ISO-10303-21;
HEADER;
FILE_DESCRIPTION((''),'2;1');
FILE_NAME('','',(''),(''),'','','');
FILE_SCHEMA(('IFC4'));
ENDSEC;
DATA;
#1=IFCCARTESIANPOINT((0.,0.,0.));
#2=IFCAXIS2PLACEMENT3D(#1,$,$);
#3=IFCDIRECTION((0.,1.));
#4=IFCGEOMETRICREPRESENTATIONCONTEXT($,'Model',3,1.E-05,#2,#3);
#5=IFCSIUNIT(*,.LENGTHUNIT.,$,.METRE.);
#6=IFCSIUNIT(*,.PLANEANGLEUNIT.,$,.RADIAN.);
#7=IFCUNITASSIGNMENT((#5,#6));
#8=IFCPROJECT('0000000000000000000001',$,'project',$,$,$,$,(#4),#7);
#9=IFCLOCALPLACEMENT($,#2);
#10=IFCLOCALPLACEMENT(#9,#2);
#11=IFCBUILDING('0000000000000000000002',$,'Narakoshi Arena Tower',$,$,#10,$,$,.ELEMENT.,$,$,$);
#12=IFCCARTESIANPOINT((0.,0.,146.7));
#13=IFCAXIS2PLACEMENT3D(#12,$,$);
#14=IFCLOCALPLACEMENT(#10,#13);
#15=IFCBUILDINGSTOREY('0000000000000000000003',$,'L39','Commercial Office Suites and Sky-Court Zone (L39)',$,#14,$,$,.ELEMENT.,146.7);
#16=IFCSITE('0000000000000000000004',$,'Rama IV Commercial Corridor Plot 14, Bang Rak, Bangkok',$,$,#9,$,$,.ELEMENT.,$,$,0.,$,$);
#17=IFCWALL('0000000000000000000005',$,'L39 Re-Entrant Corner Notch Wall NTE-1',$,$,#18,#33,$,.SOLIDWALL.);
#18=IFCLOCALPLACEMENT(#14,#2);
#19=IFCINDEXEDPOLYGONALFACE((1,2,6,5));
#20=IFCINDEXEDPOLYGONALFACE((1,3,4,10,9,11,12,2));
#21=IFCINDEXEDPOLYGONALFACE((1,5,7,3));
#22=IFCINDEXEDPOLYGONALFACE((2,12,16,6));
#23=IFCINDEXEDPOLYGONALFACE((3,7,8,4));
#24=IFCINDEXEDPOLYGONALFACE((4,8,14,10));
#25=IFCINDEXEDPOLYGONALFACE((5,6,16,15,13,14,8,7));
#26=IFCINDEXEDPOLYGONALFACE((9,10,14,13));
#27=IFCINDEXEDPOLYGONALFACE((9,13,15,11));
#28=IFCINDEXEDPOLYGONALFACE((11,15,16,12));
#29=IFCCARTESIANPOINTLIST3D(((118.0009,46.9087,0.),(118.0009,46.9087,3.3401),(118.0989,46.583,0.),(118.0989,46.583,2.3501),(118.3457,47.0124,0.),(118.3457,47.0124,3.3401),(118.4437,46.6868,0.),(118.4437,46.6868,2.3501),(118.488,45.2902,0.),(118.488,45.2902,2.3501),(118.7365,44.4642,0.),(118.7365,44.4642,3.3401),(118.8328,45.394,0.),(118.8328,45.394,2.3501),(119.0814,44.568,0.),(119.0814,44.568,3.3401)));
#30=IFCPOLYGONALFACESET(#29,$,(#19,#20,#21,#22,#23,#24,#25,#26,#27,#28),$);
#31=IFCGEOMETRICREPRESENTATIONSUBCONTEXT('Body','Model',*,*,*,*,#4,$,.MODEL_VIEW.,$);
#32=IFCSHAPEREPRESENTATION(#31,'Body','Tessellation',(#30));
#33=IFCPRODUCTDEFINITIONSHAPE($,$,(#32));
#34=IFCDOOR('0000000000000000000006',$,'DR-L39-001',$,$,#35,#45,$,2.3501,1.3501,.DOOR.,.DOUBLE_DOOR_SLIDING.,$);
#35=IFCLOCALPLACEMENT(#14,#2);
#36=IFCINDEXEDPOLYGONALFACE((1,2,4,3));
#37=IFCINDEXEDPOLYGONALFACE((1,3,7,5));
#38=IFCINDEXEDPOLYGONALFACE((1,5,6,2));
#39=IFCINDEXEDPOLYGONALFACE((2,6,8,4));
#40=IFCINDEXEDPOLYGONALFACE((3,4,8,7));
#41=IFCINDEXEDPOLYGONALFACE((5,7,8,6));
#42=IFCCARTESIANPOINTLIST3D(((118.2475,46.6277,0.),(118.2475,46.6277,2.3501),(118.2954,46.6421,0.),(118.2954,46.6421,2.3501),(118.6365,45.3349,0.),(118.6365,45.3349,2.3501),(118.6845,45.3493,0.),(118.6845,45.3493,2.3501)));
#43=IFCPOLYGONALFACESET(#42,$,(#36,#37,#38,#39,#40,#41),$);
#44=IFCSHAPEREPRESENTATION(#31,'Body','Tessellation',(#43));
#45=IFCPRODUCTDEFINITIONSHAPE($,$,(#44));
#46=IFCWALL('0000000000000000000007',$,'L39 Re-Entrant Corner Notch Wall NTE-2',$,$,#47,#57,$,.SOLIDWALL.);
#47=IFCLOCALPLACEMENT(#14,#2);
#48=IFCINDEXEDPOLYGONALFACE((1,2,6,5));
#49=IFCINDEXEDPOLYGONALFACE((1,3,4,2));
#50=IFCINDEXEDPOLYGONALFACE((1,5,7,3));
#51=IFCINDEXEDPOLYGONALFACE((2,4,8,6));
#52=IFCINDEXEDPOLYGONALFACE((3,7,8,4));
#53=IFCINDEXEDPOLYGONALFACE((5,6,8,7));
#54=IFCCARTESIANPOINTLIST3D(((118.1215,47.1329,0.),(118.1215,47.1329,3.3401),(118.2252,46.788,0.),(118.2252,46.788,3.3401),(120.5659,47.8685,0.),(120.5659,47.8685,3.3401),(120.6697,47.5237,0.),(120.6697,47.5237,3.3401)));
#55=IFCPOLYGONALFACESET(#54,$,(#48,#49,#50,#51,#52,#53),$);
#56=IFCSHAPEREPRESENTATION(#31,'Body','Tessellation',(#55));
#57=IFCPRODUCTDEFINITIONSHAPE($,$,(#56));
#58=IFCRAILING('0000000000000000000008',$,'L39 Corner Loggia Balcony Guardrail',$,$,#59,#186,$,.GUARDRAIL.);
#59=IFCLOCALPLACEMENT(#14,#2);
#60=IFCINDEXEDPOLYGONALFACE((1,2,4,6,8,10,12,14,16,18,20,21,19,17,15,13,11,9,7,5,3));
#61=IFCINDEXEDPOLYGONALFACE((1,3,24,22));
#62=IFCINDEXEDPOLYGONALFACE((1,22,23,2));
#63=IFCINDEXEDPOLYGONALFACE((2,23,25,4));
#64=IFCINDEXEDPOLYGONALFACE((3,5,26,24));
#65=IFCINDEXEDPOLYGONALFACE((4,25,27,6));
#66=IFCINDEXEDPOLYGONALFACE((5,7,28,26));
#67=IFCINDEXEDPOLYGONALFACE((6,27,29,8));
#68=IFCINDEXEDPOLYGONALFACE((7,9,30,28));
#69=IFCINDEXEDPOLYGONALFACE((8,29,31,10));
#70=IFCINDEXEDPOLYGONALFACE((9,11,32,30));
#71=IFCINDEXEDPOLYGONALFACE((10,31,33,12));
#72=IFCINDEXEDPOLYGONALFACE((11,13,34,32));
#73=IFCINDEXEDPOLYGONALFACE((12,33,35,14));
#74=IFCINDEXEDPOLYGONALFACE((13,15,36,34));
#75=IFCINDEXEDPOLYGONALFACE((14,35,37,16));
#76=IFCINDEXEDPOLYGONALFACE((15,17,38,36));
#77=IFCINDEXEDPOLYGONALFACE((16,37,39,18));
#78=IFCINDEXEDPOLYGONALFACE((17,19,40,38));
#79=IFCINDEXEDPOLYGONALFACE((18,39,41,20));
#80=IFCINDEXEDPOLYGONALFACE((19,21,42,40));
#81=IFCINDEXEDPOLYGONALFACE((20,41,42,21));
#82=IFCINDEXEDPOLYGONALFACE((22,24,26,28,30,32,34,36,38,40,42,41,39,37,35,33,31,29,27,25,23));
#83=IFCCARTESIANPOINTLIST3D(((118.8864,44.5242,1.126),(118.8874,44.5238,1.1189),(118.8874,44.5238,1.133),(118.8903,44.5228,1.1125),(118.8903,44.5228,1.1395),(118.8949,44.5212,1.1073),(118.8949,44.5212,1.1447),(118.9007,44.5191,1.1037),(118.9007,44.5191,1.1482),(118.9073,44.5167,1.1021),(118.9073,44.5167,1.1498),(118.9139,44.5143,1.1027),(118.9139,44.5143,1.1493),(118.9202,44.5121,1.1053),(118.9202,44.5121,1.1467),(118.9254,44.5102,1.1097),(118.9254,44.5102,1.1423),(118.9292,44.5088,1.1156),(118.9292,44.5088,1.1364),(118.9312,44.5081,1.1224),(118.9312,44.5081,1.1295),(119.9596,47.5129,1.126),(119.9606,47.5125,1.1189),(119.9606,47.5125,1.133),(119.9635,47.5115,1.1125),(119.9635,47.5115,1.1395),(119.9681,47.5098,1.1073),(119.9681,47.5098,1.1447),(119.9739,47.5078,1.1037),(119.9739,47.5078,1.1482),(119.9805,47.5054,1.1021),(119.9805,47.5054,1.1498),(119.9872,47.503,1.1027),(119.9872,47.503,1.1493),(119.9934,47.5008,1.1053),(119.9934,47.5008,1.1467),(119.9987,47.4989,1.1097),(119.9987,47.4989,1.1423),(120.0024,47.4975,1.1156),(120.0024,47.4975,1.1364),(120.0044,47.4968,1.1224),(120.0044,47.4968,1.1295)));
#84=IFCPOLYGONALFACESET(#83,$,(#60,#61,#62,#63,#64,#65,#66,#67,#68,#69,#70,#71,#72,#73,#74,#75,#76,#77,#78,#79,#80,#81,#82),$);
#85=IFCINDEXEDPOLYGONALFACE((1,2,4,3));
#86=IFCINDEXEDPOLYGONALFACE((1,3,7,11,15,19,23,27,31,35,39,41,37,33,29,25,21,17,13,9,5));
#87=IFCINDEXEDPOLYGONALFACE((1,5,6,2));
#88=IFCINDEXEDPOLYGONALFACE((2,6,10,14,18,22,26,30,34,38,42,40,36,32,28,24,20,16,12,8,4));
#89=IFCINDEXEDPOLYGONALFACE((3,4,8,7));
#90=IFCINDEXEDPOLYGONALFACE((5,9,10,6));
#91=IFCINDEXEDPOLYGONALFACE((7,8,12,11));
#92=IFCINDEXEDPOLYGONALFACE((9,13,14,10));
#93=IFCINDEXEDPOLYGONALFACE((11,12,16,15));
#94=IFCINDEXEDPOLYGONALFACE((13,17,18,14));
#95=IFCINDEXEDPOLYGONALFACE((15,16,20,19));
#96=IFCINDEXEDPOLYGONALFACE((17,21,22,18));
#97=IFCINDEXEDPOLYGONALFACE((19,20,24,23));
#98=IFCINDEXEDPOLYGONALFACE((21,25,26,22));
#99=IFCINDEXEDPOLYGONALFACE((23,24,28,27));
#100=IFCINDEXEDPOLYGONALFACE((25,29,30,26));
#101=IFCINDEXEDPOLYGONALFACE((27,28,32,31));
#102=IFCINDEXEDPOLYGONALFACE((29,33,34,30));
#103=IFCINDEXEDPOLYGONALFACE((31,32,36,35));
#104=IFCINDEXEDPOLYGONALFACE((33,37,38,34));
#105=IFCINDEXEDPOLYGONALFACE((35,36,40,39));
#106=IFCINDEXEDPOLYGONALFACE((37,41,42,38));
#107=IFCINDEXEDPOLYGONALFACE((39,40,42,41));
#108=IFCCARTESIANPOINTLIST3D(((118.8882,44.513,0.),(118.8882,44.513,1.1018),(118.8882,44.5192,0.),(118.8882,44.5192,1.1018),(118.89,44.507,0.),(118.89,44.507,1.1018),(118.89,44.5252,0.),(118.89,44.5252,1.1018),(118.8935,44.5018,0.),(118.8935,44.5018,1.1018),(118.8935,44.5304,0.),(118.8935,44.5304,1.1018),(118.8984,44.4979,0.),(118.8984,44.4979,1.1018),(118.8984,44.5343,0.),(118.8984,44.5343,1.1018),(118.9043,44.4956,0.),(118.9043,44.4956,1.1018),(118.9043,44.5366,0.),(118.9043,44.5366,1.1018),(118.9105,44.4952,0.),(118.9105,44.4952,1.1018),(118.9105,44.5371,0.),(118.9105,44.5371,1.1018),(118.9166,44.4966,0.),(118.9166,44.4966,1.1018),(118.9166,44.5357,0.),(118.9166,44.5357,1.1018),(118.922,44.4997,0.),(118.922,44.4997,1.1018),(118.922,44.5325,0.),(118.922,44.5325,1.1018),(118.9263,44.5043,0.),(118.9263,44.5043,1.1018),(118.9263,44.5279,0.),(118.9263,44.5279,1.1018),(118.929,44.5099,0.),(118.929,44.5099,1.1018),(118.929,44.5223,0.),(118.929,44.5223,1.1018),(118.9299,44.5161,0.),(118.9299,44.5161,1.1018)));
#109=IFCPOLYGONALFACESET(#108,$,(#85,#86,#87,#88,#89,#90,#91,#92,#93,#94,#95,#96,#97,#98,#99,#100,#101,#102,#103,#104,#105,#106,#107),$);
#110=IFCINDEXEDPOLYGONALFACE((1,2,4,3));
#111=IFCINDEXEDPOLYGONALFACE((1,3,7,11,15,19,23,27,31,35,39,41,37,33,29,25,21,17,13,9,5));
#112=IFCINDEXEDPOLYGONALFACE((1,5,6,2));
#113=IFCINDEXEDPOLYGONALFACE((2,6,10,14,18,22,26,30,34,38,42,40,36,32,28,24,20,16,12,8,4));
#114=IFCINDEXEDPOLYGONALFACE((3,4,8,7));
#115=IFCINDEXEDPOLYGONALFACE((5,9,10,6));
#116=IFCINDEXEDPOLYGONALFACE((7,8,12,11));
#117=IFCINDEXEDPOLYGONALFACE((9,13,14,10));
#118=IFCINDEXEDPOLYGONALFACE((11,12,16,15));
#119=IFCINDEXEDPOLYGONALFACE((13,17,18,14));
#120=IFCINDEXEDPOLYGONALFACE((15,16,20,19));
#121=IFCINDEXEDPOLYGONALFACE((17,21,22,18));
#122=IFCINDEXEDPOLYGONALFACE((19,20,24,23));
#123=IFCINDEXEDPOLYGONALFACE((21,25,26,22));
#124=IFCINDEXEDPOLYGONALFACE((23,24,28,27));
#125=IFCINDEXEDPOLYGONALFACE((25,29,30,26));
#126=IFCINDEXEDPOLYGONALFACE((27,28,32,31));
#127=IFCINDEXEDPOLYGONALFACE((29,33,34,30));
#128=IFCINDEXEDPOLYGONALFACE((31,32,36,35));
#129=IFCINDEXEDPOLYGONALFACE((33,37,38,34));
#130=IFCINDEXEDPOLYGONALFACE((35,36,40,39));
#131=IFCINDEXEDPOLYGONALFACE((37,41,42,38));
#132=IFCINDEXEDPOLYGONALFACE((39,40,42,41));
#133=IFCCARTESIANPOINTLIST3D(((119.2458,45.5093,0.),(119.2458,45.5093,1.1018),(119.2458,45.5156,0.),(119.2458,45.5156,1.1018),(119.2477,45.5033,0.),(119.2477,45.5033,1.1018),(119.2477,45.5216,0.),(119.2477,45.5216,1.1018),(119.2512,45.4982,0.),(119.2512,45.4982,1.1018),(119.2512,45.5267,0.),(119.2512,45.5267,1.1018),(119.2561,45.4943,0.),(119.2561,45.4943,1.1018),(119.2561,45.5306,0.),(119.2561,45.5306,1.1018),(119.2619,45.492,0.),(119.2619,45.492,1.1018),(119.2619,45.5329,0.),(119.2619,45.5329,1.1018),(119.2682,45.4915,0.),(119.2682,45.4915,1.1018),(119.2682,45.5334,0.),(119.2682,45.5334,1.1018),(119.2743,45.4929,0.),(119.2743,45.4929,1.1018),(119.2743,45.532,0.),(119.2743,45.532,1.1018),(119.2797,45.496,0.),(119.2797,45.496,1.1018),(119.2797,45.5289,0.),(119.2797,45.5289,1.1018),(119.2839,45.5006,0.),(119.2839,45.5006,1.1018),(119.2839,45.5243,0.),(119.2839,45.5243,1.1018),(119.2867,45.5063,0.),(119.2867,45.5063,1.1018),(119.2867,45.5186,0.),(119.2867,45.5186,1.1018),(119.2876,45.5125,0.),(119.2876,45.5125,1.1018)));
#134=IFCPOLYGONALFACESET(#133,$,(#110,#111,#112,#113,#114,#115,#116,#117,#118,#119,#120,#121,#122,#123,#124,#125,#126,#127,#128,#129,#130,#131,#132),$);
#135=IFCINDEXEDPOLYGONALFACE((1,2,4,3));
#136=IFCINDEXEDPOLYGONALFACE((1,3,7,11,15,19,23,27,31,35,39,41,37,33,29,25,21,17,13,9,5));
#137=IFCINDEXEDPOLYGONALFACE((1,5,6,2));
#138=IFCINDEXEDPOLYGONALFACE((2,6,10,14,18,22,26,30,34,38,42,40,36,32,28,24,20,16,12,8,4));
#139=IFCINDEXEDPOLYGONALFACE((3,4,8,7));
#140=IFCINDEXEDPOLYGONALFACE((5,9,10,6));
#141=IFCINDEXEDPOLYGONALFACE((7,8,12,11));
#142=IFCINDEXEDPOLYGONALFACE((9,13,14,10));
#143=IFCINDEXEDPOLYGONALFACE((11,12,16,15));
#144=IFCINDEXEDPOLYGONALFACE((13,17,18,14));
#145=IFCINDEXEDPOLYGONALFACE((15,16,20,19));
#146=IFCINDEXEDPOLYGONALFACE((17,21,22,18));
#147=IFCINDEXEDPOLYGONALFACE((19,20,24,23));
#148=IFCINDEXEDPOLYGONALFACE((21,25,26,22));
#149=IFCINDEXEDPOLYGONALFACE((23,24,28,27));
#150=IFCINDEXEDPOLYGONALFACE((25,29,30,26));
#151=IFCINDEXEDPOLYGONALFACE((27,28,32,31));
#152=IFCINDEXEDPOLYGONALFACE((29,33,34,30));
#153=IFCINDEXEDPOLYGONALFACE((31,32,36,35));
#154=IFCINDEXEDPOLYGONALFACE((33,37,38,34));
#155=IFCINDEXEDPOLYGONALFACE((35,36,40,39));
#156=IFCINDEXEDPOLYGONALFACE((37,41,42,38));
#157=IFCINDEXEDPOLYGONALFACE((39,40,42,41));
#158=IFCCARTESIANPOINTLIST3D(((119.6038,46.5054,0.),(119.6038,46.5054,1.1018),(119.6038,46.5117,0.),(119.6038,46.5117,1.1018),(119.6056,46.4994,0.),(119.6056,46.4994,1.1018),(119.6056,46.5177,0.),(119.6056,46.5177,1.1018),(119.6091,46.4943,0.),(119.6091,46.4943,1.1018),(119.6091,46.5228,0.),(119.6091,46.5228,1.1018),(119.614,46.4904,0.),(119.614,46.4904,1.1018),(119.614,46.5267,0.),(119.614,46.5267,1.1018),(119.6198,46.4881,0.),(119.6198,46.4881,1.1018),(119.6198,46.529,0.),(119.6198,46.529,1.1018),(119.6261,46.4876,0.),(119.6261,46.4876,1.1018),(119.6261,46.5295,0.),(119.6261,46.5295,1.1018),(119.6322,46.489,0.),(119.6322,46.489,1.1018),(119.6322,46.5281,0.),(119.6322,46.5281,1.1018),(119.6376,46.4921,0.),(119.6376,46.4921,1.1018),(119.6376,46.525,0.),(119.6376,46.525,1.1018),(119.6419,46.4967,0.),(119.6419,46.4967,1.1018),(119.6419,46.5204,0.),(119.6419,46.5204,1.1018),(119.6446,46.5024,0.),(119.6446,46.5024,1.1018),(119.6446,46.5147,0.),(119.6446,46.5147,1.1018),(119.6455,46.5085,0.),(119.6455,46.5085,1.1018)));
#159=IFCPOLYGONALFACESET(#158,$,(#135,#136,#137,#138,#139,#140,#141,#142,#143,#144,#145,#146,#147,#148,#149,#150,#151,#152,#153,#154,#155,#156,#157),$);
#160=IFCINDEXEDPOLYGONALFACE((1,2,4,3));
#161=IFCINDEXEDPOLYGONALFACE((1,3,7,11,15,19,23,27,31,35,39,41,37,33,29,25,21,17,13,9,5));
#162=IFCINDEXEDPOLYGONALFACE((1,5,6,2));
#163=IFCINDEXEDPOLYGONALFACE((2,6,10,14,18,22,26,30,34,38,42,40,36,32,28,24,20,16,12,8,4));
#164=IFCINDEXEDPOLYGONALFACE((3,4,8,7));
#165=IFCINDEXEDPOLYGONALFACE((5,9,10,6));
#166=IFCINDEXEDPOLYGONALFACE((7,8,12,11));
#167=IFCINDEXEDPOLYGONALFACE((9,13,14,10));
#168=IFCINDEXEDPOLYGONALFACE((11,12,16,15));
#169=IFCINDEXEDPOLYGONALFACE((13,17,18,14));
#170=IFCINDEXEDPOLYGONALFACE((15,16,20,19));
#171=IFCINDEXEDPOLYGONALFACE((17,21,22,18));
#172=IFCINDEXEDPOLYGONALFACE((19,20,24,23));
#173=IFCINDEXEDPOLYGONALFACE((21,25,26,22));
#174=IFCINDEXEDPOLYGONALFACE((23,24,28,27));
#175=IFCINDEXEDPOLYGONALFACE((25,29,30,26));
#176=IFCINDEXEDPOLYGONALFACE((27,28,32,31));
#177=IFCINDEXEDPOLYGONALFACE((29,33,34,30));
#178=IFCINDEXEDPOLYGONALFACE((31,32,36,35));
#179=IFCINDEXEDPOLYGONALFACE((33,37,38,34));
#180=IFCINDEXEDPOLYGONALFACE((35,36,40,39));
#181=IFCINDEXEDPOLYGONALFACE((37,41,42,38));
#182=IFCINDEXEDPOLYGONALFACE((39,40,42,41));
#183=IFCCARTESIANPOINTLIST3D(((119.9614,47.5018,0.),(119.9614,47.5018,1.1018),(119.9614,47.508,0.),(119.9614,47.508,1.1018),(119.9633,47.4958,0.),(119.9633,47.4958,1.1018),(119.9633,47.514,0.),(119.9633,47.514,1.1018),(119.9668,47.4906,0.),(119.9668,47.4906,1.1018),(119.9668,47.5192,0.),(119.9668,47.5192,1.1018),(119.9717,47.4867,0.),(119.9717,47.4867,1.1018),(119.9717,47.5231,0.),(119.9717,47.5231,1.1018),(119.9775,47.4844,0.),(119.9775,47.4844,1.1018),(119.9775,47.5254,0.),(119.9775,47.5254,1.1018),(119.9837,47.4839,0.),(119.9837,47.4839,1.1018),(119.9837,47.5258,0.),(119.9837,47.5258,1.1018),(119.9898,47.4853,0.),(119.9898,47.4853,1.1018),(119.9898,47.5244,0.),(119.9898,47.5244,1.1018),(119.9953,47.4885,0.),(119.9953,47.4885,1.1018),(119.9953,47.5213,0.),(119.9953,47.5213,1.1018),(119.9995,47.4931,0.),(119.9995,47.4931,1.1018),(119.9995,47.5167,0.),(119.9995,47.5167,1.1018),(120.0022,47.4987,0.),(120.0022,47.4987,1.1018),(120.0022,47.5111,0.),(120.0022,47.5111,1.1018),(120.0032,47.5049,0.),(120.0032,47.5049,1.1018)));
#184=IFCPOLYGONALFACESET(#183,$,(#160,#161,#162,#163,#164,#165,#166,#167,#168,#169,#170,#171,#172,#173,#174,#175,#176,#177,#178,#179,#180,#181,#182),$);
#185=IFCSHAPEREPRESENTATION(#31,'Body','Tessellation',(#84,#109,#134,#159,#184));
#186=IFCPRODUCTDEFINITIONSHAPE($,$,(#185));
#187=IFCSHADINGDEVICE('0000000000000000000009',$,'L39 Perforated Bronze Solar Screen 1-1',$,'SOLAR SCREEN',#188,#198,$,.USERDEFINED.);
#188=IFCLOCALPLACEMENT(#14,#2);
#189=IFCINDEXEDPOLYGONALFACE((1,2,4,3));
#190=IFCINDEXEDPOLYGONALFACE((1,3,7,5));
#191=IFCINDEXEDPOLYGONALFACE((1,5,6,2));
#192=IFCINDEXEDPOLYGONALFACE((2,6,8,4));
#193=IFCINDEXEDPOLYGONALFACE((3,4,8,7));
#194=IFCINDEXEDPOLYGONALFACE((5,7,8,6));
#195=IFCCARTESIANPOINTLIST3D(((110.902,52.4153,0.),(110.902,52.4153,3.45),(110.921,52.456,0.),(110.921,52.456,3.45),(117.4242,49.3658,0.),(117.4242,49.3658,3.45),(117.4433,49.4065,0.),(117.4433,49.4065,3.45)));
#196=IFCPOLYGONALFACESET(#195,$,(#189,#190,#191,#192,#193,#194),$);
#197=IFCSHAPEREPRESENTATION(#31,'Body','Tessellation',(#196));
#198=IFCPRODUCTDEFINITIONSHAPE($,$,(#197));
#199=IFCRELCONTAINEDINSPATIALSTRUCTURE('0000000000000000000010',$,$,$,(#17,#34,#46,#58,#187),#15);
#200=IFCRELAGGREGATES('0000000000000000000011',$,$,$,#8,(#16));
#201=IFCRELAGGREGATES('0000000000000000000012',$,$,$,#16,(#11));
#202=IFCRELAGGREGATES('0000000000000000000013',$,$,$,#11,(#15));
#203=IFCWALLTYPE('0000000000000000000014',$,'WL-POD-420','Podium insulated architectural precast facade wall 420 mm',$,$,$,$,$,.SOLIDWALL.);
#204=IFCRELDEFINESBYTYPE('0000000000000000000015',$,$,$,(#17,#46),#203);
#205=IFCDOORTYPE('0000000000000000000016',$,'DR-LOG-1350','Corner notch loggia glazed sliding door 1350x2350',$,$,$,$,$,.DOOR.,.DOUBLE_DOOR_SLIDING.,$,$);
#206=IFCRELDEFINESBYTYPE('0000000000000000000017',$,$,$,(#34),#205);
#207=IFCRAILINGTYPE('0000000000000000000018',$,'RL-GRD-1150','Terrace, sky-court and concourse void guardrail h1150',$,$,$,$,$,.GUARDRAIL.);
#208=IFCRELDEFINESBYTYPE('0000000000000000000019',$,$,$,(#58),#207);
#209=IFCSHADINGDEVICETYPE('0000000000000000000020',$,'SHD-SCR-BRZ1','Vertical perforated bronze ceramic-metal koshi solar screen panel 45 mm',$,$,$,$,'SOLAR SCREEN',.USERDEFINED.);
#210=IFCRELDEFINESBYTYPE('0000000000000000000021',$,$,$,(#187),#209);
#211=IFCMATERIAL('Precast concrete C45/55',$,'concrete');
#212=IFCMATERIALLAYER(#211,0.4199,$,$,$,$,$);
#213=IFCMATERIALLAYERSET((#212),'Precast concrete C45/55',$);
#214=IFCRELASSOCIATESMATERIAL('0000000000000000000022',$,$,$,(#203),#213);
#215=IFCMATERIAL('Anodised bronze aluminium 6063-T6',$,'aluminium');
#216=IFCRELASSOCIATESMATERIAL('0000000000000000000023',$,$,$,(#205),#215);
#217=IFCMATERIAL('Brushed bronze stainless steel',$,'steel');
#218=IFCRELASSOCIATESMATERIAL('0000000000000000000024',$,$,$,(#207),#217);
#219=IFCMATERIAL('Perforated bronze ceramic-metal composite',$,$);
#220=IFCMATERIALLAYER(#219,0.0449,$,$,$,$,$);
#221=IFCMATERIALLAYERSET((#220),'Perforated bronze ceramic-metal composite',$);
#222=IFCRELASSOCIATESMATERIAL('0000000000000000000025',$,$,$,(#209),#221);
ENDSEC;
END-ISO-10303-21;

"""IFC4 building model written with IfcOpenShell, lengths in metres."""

from ifc_helpers import new_model, si_unit, direction, frame, frame_2d, origin, origin_2d, place, context, subcontext, project, spatial, rectangle, circle, extrude, material, layer, layer_set, type_object, element, fill, save


model = new_model("IFC4")

# Units and contexts
model_context = context("Model", 3, precision=1e-05, world=origin(), true_north=direction((0.0, 1.0)))
body_context = subcontext(model_context, "Body", "Model", "MODEL_VIEW")
ifc_project = project(units=[si_unit("LENGTHUNIT", "METRE"), si_unit("PLANEANGLEUNIT", "RADIAN")], contexts=[model_context])

# Site, building, storey
site_placement = place(None, origin())
site = spatial("IfcSite", under=ifc_project, at=site_placement, Name="Rama IV Commercial Corridor Plot 14, Bang Rak, Bangkok", CompositionType="ELEMENT", RefElevation=0.0)
building_placement = place(site_placement, origin())
building = spatial("IfcBuilding", under=site, at=building_placement, Name="Narakoshi Arena Tower", CompositionType="ELEMENT")
storey_placement = place(building_placement, frame((0.0, 0.0, 146.7)))
storey = spatial("IfcBuildingStorey", under=building, at=storey_placement, Name="L39", Description="Commercial Office Suites and Sky-Court Zone (L39)", CompositionType="ELEMENT", Elevation=146.7)

# Shared definitions
ifc_material_1 = material(Name="Anodised bronze aluminium 6063-T6", Category="aluminium")

# Shared definitions
ifc_material_2 = material(Name="Precast concrete C45/55", Category="concrete")

# Shared definitions
ifc_layer_1 = layer(ifc_material_2, 0.4199)
ifc_layer_set_1 = layer_set([ifc_layer_1], Name="Precast concrete C45/55")
wall_type_1 = type_object("IfcWallType", Name="WL-POD-420", Description="Podium insulated architectural precast facade wall 420 mm", PredefinedType="SOLIDWALL", material=ifc_layer_set_1)

# Wall, opening, door
wall_1_placement = place(storey_placement, frame((118.9089, 44.5161, 0.0), z_axis=(0.0, 0.0, 1.0), x_axis=(-0.288173, 0.957578, 0.0)))
wall_1 = element("IfcWall", 1, at=wall_1_placement, inside=storey, type_object=wall_type_1, Name="L39 Re-Entrant Corner Notch Wall NTE-1", PredefinedType="SOLIDWALL", context=body_context, shape_type="SweptSolid", body=[
    extrude(rectangle(XDim=2.5527, YDim=0.3601, at=frame_2d((1.2764, 0.0))), origin(), (0.0, 0.0, 1.0), 3.3401),
])
opening_1_placement = place(wall_1_placement, frame((0.8625, 0.0, 0.0)))
opening_1 = element("IfcOpeningElement", 2, at=opening_1_placement, cuts=wall_1, PredefinedType="OPENING", context=body_context, shape_type="SweptSolid", body=[
    extrude(rectangle(XDim=1.3501, YDim=2.3501, at=frame_2d((0.675, 1.175))), frame((0.0, 0.1899, 0.0), z_axis=(0.0, -1.0, 0.0), x_axis=(1.0, 0.0, 0.0)), (0.0, 0.0, 1.0), 0.3801),
])
door_type = type_object("IfcDoorType", Name="DR-LOG-1350", Description="Corner notch loggia glazed sliding door 1350x2350", OperationType="DOUBLE_DOOR_SLIDING", PredefinedType="DOOR", material=ifc_material_1)
door_placement = place(opening_1_placement, origin())
door = element("IfcDoor", 3, at=door_placement, inside=storey, type_object=door_type, Name="DR-L39-001", OperationType="DOUBLE_DOOR_SLIDING", OverallHeight=2.3501, OverallWidth=1.3501, PredefinedType="DOOR", context=body_context, shape_type="SweptSolid", body=[
    extrude(rectangle(XDim=1.3501, YDim=2.3501, at=frame_2d((0.675, 1.175))), frame((0.0, 0.0249, 0.0), z_axis=(0.0, -1.0, 0.0), x_axis=(1.0, 0.0, 0.0)), (0.0, 0.0, 1.0), 0.05),
])
fill(opening_1, door)

# Wall
wall_2_placement = place(storey_placement, frame((118.1733, 46.9604, 0.0), z_axis=(0.0, 0.0, 1.0), x_axis=(0.957578, 0.288173, 0.0)))
element("IfcWall", 4, at=wall_2_placement, inside=storey, type_object=wall_type_1, Name="L39 Re-Entrant Corner Notch Wall NTE-2", PredefinedType="SOLIDWALL", context=body_context, shape_type="SweptSolid", body=[
    extrude(rectangle(XDim=2.5527, YDim=0.3601, at=frame_2d((1.2764, 0.0))), origin(), (0.0, 0.0, 1.0), 3.3401),
])

# Railing
ifc_material_3 = material(Name="Brushed bronze stainless steel", Category="steel")
railing_type = type_object("IfcRailingType", Name="RL-GRD-1150", Description="Terrace, sky-court and concourse void guardrail h1150", PredefinedType="GUARDRAIL", material=ifc_material_3)
railing_placement = place(storey_placement, frame((118.9089, 44.5161, 0.0)))
element("IfcRailing", 5, at=railing_placement, inside=storey, type_object=railing_type, Name="L39 Corner Loggia Balcony Guardrail", PredefinedType="GUARDRAIL", context=body_context, shape_type="SweptSolid", body=[
    extrude(circle(Radius=0.0239, at=origin_2d()), frame((0.0, 0.0, 1.126), z_axis=(0.337963, 0.94116, 0.0), x_axis=(-0.94116, 0.337963, 0.0)), (0.0, 0.0, 1.0), 3.1755),
    extrude(circle(Radius=0.021, at=origin_2d()), origin(), (0.0, 0.0, 1.0), 1.1018),
    extrude(circle(Radius=0.021, at=origin_2d()), frame((0.3577, 0.9963, 0.0)), (0.0, 0.0, 1.0), 1.1018),
    extrude(circle(Radius=0.021, at=origin_2d()), frame((0.7156, 1.9924, 0.0)), (0.0, 0.0, 1.0), 1.1018),
    extrude(circle(Radius=0.021, at=origin_2d()), frame((1.0732, 2.9888, 0.0)), (0.0, 0.0, 1.0), 1.1018),
])

# Shading device
ifc_material_4 = material(Name="Perforated bronze ceramic-metal composite")
ifc_layer_2 = layer(ifc_material_4, 0.0449)
ifc_layer_set_2 = layer_set([ifc_layer_2], Name="Perforated bronze ceramic-metal composite")
shading_device_type = type_object("IfcShadingDeviceType", Name="SHD-SCR-BRZ1", Description="Vertical perforated bronze ceramic-metal koshi solar screen panel 45 mm", ElementType="SOLAR SCREEN", PredefinedType="USERDEFINED", material=ifc_layer_set_2)
shading_device_placement = place(storey_placement, frame((114.1726, 50.9109, 0.0), z_axis=(0.0, 0.0, 1.0), x_axis=(-0.90588, 0.423535, 0.0)))
element("IfcShadingDevice", 6, at=shading_device_placement, inside=storey, type_object=shading_device_type, Name="L39 Perforated Bronze Solar Screen 1-1", ObjectType="SOLAR SCREEN", PredefinedType="USERDEFINED", context=body_context, shape_type="SweptSolid", body=[
    extrude(rectangle(XDim=7.2, YDim=0.0449, at=origin_2d()), origin(), (0.0, 0.0, 1.0), 3.45),
])

save(model, "model.ifc")
